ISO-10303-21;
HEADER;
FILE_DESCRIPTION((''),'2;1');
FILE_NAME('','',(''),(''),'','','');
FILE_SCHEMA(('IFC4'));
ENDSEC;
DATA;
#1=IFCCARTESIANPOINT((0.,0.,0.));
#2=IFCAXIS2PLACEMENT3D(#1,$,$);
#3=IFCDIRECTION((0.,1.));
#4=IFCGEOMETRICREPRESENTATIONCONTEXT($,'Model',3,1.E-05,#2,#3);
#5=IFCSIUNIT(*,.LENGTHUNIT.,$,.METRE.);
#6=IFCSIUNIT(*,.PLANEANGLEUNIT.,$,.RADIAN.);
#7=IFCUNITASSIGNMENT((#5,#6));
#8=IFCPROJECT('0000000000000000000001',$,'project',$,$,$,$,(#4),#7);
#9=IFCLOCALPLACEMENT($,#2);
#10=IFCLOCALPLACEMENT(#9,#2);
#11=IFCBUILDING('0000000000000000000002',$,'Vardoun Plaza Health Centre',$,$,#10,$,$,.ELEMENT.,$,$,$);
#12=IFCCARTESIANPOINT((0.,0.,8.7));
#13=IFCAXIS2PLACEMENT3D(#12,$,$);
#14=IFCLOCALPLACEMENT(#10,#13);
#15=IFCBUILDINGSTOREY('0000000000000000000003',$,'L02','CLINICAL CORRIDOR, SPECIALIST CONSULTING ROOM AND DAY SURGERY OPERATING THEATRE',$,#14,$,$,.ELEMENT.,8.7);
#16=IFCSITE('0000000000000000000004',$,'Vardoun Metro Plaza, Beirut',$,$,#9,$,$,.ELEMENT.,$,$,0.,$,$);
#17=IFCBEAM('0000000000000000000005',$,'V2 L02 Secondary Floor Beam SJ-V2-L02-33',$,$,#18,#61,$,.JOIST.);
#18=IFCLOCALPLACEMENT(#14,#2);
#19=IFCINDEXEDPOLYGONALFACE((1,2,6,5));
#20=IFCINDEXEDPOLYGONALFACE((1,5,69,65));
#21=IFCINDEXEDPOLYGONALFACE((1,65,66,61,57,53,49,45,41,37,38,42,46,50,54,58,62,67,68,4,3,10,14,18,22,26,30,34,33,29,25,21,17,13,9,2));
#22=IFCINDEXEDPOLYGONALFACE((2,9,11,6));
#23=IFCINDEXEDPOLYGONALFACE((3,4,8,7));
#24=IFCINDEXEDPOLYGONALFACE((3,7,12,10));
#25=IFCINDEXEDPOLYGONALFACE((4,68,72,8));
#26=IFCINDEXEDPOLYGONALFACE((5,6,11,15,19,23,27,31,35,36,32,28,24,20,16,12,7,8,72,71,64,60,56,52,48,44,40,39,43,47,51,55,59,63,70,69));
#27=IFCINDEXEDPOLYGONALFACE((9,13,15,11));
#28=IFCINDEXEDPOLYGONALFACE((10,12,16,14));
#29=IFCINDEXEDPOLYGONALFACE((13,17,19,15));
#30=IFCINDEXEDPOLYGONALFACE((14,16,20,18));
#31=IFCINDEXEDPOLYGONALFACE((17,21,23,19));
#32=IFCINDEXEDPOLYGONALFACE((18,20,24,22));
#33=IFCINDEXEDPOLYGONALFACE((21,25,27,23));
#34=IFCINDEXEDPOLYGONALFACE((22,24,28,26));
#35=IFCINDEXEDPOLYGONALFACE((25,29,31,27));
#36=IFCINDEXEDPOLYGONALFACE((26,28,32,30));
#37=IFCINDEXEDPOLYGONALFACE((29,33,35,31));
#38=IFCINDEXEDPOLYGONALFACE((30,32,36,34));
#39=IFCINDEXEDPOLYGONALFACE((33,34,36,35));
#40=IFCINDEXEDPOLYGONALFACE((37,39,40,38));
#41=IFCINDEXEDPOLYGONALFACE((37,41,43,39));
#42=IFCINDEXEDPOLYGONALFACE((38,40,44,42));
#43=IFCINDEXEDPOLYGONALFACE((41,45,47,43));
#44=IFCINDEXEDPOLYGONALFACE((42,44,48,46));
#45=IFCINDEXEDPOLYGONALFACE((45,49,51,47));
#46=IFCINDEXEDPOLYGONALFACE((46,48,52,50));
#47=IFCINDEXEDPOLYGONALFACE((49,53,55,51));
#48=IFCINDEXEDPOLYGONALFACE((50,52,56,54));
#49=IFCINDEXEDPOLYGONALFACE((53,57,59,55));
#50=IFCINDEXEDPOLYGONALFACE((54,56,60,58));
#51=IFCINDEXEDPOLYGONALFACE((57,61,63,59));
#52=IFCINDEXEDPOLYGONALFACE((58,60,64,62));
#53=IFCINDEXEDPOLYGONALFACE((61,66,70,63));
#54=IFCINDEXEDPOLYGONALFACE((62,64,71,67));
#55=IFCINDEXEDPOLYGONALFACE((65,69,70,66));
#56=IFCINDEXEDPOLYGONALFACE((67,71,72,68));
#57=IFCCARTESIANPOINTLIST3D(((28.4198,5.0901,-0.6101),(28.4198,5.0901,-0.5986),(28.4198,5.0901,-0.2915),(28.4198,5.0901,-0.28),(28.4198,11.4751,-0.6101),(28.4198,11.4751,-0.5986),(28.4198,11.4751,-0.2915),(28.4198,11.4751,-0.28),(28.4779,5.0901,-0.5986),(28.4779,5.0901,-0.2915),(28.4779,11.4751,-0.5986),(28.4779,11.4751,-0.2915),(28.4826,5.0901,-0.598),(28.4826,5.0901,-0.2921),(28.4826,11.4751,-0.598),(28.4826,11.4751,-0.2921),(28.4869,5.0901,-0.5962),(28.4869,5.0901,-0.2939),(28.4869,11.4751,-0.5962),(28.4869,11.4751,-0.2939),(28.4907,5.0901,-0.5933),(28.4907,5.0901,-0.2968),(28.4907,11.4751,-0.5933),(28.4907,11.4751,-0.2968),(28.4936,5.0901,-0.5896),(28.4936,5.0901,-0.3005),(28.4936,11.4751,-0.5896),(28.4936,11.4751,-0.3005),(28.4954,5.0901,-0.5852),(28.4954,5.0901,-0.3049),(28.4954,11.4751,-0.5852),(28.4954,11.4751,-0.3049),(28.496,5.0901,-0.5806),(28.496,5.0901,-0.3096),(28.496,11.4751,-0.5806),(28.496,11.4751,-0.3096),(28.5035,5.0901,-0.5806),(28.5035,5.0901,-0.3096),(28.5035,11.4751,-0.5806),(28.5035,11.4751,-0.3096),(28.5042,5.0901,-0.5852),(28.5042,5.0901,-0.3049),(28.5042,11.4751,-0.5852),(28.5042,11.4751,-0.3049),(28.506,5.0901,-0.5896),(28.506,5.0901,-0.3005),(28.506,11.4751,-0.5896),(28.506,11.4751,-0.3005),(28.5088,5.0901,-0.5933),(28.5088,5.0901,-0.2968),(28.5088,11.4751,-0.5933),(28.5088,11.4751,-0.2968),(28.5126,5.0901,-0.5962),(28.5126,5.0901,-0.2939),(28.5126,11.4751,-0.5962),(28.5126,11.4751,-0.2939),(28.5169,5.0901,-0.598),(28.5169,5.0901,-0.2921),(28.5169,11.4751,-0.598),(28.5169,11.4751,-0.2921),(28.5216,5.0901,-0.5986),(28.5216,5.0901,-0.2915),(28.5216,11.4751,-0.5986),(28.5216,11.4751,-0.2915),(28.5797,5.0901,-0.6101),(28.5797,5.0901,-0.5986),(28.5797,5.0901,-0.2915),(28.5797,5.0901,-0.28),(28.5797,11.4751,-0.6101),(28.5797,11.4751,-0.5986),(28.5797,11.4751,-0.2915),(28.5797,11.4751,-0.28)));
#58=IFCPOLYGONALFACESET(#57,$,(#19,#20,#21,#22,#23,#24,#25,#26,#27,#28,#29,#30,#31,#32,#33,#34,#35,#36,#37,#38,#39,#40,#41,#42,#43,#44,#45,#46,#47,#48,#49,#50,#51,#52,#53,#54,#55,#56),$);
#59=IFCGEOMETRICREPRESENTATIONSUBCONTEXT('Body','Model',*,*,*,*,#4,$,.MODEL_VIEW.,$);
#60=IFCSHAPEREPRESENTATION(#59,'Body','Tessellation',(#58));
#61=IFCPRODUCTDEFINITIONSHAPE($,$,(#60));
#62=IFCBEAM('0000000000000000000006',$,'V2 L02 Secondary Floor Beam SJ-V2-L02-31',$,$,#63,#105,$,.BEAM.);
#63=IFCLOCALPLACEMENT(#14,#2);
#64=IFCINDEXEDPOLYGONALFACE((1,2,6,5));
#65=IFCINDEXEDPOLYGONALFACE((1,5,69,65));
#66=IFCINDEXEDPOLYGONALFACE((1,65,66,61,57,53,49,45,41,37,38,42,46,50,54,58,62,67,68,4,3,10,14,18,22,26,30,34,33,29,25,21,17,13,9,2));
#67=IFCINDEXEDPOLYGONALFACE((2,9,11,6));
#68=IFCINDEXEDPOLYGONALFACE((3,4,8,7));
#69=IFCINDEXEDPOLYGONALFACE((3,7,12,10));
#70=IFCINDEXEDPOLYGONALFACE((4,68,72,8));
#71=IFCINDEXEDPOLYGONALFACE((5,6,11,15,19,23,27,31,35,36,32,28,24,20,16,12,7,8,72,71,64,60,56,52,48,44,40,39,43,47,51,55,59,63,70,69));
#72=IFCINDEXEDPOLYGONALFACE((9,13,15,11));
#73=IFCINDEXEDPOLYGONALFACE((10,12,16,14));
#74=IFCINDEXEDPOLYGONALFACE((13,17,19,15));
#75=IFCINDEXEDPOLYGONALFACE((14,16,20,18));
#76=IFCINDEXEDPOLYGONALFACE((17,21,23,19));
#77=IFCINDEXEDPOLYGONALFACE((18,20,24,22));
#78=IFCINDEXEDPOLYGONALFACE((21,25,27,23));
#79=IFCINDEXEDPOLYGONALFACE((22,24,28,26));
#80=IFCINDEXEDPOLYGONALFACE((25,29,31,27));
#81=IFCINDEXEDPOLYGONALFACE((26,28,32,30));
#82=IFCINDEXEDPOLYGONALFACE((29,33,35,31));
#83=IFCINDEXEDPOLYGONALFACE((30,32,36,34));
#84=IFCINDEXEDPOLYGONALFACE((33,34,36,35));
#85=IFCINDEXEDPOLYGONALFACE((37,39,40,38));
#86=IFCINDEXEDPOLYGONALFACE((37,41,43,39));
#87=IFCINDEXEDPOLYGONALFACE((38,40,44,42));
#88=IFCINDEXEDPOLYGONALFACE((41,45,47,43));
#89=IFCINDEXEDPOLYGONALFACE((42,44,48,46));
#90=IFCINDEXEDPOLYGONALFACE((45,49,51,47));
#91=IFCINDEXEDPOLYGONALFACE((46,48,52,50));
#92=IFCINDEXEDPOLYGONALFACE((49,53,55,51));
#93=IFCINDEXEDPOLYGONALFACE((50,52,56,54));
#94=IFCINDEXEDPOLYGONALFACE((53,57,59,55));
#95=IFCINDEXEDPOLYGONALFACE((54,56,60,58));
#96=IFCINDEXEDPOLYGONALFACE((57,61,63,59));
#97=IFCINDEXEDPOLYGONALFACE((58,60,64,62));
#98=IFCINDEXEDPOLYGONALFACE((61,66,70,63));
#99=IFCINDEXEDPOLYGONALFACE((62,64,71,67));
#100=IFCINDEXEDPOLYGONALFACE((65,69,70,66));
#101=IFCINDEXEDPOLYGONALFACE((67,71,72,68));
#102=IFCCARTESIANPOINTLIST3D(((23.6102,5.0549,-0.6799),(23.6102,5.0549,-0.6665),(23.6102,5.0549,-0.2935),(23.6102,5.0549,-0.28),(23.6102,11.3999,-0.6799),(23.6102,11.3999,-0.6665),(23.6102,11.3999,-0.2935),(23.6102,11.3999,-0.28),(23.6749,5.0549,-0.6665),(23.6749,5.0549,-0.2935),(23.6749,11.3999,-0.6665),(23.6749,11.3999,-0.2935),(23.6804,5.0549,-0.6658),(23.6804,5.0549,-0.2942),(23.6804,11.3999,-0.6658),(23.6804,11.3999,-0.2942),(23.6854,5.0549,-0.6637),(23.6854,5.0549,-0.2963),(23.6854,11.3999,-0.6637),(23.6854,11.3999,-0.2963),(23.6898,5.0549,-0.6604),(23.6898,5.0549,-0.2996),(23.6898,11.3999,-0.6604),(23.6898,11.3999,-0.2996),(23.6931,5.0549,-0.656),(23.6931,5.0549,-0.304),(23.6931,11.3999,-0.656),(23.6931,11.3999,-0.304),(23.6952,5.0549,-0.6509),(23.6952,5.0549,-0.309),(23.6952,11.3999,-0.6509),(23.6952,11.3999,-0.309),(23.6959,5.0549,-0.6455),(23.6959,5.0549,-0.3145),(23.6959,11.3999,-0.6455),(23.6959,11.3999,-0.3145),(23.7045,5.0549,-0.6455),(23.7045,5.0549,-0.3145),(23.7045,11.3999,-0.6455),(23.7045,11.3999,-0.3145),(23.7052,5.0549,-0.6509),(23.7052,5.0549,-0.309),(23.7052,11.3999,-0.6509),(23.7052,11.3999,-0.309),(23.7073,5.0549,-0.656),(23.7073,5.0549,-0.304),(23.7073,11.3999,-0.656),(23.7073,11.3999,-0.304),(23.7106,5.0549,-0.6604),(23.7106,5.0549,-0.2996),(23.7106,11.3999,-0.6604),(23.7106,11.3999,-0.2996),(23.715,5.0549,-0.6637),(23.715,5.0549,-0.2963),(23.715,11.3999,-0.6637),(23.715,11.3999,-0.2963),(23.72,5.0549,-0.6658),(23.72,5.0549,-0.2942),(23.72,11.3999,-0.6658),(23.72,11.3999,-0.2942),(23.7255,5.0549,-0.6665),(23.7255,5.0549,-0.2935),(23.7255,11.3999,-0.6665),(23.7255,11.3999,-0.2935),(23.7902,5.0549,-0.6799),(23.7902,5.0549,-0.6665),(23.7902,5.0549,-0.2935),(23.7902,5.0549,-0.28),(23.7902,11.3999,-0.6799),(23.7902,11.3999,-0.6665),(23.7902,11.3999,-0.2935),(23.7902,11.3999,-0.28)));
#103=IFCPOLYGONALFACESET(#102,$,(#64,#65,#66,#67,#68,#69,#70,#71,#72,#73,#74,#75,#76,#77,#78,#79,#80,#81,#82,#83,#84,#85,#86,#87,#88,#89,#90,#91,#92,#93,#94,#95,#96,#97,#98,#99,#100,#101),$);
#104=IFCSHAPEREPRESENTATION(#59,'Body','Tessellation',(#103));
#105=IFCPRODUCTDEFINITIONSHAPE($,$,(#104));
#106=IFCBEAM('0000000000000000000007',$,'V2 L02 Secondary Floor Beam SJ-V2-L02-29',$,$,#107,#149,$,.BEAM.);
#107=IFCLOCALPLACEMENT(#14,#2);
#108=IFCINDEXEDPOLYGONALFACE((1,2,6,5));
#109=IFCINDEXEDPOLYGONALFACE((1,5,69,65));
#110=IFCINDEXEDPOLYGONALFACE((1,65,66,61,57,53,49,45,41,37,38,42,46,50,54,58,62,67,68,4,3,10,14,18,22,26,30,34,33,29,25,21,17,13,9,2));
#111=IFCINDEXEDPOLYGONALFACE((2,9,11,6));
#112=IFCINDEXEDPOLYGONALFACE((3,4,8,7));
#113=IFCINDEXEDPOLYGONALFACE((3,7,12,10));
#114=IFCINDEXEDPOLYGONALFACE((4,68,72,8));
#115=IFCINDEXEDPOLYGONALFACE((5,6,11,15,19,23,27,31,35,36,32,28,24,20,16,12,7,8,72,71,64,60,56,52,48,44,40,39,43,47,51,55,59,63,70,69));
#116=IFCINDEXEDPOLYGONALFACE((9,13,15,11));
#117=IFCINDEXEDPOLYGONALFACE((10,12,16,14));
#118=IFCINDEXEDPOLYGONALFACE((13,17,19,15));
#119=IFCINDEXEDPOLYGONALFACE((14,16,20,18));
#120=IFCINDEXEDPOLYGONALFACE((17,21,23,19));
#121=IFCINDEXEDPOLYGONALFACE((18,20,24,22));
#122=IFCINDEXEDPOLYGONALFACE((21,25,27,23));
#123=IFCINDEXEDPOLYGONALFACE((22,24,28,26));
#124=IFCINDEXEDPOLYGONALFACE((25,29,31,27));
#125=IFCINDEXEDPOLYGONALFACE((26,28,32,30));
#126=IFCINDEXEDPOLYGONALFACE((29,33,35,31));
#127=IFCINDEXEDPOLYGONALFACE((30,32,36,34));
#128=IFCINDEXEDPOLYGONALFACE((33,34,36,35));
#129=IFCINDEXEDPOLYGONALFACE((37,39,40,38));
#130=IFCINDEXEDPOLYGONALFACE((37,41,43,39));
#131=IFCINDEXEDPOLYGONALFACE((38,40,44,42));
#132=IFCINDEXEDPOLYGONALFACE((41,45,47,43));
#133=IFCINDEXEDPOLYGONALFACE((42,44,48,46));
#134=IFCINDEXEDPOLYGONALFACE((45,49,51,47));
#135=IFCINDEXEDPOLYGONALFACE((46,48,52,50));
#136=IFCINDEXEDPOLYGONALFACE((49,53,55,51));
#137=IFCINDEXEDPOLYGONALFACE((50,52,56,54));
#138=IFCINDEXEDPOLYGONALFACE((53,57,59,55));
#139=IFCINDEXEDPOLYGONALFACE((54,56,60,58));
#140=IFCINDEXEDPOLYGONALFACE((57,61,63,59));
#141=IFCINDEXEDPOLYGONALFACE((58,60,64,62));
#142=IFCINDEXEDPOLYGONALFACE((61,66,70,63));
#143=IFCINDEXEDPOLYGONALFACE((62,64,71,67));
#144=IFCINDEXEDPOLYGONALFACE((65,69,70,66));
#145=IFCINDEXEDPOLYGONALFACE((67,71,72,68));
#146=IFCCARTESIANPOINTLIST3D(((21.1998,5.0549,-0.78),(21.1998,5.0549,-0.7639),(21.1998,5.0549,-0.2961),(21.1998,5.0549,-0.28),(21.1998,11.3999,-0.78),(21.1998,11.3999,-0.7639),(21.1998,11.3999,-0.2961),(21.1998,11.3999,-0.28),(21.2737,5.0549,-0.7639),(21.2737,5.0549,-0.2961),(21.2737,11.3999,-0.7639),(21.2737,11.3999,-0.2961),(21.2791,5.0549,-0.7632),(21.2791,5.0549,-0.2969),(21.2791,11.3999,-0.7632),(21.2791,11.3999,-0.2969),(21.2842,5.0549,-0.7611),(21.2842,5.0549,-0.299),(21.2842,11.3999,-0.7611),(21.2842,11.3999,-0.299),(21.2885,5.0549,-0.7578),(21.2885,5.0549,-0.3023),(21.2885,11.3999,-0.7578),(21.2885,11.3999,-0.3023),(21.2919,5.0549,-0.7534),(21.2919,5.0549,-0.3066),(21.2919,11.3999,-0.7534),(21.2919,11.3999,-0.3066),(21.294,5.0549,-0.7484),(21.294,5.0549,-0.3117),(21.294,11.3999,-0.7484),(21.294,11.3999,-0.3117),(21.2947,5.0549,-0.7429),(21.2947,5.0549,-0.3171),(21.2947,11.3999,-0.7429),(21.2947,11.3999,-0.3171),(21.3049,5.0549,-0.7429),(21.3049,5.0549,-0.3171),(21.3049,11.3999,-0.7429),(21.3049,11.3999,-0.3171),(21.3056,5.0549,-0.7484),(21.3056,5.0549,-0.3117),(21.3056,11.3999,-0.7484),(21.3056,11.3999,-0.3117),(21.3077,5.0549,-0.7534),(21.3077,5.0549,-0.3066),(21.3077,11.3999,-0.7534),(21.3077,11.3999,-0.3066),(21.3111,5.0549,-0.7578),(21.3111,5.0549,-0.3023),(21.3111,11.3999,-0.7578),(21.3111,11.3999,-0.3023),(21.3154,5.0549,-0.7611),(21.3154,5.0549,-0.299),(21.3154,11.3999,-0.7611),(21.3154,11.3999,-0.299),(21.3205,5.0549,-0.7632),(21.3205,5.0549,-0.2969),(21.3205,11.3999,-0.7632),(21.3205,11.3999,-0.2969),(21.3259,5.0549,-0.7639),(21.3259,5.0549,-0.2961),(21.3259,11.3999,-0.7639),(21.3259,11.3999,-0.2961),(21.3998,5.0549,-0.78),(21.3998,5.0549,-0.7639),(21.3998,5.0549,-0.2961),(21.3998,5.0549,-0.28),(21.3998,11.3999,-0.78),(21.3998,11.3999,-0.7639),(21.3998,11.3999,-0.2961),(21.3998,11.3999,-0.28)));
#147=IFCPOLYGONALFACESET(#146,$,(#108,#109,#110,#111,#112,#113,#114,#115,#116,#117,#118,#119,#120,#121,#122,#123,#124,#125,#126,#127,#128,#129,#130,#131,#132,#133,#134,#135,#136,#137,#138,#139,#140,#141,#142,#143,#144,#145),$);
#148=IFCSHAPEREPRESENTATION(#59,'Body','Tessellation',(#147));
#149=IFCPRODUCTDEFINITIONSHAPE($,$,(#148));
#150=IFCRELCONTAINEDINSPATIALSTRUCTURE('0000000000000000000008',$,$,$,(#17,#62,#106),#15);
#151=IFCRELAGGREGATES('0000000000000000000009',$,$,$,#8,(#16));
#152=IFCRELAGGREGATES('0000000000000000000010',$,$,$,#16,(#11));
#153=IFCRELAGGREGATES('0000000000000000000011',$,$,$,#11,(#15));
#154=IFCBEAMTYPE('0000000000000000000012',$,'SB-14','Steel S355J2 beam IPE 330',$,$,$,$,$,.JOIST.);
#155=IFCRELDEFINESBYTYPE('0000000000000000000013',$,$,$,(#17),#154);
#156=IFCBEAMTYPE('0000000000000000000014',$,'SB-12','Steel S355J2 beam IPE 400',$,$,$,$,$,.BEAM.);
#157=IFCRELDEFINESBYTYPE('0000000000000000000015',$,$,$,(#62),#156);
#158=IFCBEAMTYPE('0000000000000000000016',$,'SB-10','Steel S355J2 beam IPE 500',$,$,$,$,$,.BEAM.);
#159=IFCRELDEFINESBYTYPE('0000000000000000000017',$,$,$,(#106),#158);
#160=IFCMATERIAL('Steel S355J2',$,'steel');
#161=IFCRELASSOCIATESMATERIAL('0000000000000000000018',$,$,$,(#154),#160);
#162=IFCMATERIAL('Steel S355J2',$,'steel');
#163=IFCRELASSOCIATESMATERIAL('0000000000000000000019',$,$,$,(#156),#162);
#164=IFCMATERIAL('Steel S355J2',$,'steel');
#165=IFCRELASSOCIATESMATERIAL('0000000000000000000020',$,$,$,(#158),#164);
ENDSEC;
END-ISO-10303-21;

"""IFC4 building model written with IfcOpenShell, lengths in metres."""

from ifc_helpers import new_model, si_unit, direction, frame, origin, origin_2d, place, context, subcontext, project, spatial, i_section, extrude, material, material_profile, profile_set, type_object, element, save


model = new_model("IFC4")

# Units and contexts
model_context = context("Model", 3, precision=1e-05, world=origin(), true_north=direction((0.0, 1.0)))
body_context = subcontext(model_context, "Body", "Model", "MODEL_VIEW")
ifc_project = project(units=[si_unit("LENGTHUNIT", "METRE"), si_unit("PLANEANGLEUNIT", "RADIAN")], contexts=[model_context])

# Site, building, storey
site_placement = place(None, origin())
site = spatial("IfcSite", under=ifc_project, at=site_placement, Name="Vardoun Metro Plaza, Beirut", CompositionType="ELEMENT", RefElevation=0.0)
building_placement = place(site_placement, origin())
building = spatial("IfcBuilding", under=site, at=building_placement, Name="Vardoun Plaza Health Centre", CompositionType="ELEMENT")
storey_placement = place(building_placement, frame((0.0, 0.0, 8.7)))
storey = spatial("IfcBuildingStorey", under=building, at=storey_placement, Name="L02", Description="CLINICAL CORRIDOR, SPECIALIST CONSULTING ROOM AND DAY SURGERY OPERATING THEATRE", CompositionType="ELEMENT", Elevation=8.7)

# Beams
ifc_material_1 = material(Name="Steel S355J2", Category="steel")
ifc_material_profile_1 = material_profile(ifc_material_1, i_section(OverallWidth=0.1599, OverallDepth=0.3301, WebThickness=0.0076, FlangeThickness=0.0115, FilletRadius=0.0181, at=origin_2d()), Name="IPE 330")
ifc_profile_set_1 = profile_set([ifc_material_profile_1], Name="Steel S355J2")
beam_type_1 = type_object("IfcBeamType", Name="SB-14", Description="Steel S355J2 beam IPE 330", PredefinedType="JOIST", material=ifc_profile_set_1)
beam_1_placement = place(storey_placement, frame((28.4998, 5.0901, -0.4451), z_axis=(0.0, 1.0, 0.0), x_axis=(-1.0, 0.0, 0.0)))
element("IfcBeam", 1, at=beam_1_placement, inside=storey, type_object=beam_type_1, Name="V2 L02 Secondary Floor Beam SJ-V2-L02-33", PredefinedType="JOIST", context=body_context, shape_type="SweptSolid", body=[
    extrude(i_section(OverallWidth=0.1599, OverallDepth=0.3301, WebThickness=0.0076, FlangeThickness=0.0115, FilletRadius=0.0181, at=origin_2d()), origin(), (0.0, 0.0, 1.0), 6.385),
])
ifc_material_2 = material(Name="Steel S355J2", Category="steel")
ifc_material_profile_2 = material_profile(ifc_material_2, i_section(OverallWidth=0.1799, OverallDepth=0.3999, WebThickness=0.0085, FlangeThickness=0.0134, FilletRadius=0.021, at=origin_2d()), Name="IPE 400")
ifc_profile_set_2 = profile_set([ifc_material_profile_2], Name="Steel S355J2")
beam_type_2 = type_object("IfcBeamType", Name="SB-12", Description="Steel S355J2 beam IPE 400", PredefinedType="BEAM", material=ifc_profile_set_2)
beam_2_placement = place(storey_placement, frame((23.7002, 5.0549, -0.48), z_axis=(0.0, 1.0, 0.0), x_axis=(-1.0, 0.0, 0.0)))
element("IfcBeam", 2, at=beam_2_placement, inside=storey, type_object=beam_type_2, Name="V2 L02 Secondary Floor Beam SJ-V2-L02-31", PredefinedType="BEAM", context=body_context, shape_type="SweptSolid", body=[
    extrude(i_section(OverallWidth=0.1799, OverallDepth=0.3999, WebThickness=0.0085, FlangeThickness=0.0134, FilletRadius=0.021, at=origin_2d()), origin(), (0.0, 0.0, 1.0), 6.345),
])
ifc_material_3 = material(Name="Steel S355J2", Category="steel")
ifc_material_profile_3 = material_profile(ifc_material_3, i_section(OverallWidth=0.2, OverallDepth=0.5, WebThickness=0.0103, FlangeThickness=0.0161, FilletRadius=0.021, at=origin_2d()), Name="IPE 500")
ifc_profile_set_3 = profile_set([ifc_material_profile_3], Name="Steel S355J2")
beam_type_3 = type_object("IfcBeamType", Name="SB-10", Description="Steel S355J2 beam IPE 500", PredefinedType="BEAM", material=ifc_profile_set_3)
beam_3_placement = place(storey_placement, frame((21.2998, 5.0549, -0.53), z_axis=(0.0, 1.0, 0.0), x_axis=(-1.0, 0.0, 0.0)))
element("IfcBeam", 3, at=beam_3_placement, inside=storey, type_object=beam_type_3, Name="V2 L02 Secondary Floor Beam SJ-V2-L02-29", PredefinedType="BEAM", context=body_context, shape_type="SweptSolid", body=[
    extrude(i_section(OverallWidth=0.2, OverallDepth=0.5, WebThickness=0.0103, FlangeThickness=0.0161, FilletRadius=0.021, at=origin_2d()), origin(), (0.0, 0.0, 1.0), 6.345),
])

save(model, "model.ifc")
